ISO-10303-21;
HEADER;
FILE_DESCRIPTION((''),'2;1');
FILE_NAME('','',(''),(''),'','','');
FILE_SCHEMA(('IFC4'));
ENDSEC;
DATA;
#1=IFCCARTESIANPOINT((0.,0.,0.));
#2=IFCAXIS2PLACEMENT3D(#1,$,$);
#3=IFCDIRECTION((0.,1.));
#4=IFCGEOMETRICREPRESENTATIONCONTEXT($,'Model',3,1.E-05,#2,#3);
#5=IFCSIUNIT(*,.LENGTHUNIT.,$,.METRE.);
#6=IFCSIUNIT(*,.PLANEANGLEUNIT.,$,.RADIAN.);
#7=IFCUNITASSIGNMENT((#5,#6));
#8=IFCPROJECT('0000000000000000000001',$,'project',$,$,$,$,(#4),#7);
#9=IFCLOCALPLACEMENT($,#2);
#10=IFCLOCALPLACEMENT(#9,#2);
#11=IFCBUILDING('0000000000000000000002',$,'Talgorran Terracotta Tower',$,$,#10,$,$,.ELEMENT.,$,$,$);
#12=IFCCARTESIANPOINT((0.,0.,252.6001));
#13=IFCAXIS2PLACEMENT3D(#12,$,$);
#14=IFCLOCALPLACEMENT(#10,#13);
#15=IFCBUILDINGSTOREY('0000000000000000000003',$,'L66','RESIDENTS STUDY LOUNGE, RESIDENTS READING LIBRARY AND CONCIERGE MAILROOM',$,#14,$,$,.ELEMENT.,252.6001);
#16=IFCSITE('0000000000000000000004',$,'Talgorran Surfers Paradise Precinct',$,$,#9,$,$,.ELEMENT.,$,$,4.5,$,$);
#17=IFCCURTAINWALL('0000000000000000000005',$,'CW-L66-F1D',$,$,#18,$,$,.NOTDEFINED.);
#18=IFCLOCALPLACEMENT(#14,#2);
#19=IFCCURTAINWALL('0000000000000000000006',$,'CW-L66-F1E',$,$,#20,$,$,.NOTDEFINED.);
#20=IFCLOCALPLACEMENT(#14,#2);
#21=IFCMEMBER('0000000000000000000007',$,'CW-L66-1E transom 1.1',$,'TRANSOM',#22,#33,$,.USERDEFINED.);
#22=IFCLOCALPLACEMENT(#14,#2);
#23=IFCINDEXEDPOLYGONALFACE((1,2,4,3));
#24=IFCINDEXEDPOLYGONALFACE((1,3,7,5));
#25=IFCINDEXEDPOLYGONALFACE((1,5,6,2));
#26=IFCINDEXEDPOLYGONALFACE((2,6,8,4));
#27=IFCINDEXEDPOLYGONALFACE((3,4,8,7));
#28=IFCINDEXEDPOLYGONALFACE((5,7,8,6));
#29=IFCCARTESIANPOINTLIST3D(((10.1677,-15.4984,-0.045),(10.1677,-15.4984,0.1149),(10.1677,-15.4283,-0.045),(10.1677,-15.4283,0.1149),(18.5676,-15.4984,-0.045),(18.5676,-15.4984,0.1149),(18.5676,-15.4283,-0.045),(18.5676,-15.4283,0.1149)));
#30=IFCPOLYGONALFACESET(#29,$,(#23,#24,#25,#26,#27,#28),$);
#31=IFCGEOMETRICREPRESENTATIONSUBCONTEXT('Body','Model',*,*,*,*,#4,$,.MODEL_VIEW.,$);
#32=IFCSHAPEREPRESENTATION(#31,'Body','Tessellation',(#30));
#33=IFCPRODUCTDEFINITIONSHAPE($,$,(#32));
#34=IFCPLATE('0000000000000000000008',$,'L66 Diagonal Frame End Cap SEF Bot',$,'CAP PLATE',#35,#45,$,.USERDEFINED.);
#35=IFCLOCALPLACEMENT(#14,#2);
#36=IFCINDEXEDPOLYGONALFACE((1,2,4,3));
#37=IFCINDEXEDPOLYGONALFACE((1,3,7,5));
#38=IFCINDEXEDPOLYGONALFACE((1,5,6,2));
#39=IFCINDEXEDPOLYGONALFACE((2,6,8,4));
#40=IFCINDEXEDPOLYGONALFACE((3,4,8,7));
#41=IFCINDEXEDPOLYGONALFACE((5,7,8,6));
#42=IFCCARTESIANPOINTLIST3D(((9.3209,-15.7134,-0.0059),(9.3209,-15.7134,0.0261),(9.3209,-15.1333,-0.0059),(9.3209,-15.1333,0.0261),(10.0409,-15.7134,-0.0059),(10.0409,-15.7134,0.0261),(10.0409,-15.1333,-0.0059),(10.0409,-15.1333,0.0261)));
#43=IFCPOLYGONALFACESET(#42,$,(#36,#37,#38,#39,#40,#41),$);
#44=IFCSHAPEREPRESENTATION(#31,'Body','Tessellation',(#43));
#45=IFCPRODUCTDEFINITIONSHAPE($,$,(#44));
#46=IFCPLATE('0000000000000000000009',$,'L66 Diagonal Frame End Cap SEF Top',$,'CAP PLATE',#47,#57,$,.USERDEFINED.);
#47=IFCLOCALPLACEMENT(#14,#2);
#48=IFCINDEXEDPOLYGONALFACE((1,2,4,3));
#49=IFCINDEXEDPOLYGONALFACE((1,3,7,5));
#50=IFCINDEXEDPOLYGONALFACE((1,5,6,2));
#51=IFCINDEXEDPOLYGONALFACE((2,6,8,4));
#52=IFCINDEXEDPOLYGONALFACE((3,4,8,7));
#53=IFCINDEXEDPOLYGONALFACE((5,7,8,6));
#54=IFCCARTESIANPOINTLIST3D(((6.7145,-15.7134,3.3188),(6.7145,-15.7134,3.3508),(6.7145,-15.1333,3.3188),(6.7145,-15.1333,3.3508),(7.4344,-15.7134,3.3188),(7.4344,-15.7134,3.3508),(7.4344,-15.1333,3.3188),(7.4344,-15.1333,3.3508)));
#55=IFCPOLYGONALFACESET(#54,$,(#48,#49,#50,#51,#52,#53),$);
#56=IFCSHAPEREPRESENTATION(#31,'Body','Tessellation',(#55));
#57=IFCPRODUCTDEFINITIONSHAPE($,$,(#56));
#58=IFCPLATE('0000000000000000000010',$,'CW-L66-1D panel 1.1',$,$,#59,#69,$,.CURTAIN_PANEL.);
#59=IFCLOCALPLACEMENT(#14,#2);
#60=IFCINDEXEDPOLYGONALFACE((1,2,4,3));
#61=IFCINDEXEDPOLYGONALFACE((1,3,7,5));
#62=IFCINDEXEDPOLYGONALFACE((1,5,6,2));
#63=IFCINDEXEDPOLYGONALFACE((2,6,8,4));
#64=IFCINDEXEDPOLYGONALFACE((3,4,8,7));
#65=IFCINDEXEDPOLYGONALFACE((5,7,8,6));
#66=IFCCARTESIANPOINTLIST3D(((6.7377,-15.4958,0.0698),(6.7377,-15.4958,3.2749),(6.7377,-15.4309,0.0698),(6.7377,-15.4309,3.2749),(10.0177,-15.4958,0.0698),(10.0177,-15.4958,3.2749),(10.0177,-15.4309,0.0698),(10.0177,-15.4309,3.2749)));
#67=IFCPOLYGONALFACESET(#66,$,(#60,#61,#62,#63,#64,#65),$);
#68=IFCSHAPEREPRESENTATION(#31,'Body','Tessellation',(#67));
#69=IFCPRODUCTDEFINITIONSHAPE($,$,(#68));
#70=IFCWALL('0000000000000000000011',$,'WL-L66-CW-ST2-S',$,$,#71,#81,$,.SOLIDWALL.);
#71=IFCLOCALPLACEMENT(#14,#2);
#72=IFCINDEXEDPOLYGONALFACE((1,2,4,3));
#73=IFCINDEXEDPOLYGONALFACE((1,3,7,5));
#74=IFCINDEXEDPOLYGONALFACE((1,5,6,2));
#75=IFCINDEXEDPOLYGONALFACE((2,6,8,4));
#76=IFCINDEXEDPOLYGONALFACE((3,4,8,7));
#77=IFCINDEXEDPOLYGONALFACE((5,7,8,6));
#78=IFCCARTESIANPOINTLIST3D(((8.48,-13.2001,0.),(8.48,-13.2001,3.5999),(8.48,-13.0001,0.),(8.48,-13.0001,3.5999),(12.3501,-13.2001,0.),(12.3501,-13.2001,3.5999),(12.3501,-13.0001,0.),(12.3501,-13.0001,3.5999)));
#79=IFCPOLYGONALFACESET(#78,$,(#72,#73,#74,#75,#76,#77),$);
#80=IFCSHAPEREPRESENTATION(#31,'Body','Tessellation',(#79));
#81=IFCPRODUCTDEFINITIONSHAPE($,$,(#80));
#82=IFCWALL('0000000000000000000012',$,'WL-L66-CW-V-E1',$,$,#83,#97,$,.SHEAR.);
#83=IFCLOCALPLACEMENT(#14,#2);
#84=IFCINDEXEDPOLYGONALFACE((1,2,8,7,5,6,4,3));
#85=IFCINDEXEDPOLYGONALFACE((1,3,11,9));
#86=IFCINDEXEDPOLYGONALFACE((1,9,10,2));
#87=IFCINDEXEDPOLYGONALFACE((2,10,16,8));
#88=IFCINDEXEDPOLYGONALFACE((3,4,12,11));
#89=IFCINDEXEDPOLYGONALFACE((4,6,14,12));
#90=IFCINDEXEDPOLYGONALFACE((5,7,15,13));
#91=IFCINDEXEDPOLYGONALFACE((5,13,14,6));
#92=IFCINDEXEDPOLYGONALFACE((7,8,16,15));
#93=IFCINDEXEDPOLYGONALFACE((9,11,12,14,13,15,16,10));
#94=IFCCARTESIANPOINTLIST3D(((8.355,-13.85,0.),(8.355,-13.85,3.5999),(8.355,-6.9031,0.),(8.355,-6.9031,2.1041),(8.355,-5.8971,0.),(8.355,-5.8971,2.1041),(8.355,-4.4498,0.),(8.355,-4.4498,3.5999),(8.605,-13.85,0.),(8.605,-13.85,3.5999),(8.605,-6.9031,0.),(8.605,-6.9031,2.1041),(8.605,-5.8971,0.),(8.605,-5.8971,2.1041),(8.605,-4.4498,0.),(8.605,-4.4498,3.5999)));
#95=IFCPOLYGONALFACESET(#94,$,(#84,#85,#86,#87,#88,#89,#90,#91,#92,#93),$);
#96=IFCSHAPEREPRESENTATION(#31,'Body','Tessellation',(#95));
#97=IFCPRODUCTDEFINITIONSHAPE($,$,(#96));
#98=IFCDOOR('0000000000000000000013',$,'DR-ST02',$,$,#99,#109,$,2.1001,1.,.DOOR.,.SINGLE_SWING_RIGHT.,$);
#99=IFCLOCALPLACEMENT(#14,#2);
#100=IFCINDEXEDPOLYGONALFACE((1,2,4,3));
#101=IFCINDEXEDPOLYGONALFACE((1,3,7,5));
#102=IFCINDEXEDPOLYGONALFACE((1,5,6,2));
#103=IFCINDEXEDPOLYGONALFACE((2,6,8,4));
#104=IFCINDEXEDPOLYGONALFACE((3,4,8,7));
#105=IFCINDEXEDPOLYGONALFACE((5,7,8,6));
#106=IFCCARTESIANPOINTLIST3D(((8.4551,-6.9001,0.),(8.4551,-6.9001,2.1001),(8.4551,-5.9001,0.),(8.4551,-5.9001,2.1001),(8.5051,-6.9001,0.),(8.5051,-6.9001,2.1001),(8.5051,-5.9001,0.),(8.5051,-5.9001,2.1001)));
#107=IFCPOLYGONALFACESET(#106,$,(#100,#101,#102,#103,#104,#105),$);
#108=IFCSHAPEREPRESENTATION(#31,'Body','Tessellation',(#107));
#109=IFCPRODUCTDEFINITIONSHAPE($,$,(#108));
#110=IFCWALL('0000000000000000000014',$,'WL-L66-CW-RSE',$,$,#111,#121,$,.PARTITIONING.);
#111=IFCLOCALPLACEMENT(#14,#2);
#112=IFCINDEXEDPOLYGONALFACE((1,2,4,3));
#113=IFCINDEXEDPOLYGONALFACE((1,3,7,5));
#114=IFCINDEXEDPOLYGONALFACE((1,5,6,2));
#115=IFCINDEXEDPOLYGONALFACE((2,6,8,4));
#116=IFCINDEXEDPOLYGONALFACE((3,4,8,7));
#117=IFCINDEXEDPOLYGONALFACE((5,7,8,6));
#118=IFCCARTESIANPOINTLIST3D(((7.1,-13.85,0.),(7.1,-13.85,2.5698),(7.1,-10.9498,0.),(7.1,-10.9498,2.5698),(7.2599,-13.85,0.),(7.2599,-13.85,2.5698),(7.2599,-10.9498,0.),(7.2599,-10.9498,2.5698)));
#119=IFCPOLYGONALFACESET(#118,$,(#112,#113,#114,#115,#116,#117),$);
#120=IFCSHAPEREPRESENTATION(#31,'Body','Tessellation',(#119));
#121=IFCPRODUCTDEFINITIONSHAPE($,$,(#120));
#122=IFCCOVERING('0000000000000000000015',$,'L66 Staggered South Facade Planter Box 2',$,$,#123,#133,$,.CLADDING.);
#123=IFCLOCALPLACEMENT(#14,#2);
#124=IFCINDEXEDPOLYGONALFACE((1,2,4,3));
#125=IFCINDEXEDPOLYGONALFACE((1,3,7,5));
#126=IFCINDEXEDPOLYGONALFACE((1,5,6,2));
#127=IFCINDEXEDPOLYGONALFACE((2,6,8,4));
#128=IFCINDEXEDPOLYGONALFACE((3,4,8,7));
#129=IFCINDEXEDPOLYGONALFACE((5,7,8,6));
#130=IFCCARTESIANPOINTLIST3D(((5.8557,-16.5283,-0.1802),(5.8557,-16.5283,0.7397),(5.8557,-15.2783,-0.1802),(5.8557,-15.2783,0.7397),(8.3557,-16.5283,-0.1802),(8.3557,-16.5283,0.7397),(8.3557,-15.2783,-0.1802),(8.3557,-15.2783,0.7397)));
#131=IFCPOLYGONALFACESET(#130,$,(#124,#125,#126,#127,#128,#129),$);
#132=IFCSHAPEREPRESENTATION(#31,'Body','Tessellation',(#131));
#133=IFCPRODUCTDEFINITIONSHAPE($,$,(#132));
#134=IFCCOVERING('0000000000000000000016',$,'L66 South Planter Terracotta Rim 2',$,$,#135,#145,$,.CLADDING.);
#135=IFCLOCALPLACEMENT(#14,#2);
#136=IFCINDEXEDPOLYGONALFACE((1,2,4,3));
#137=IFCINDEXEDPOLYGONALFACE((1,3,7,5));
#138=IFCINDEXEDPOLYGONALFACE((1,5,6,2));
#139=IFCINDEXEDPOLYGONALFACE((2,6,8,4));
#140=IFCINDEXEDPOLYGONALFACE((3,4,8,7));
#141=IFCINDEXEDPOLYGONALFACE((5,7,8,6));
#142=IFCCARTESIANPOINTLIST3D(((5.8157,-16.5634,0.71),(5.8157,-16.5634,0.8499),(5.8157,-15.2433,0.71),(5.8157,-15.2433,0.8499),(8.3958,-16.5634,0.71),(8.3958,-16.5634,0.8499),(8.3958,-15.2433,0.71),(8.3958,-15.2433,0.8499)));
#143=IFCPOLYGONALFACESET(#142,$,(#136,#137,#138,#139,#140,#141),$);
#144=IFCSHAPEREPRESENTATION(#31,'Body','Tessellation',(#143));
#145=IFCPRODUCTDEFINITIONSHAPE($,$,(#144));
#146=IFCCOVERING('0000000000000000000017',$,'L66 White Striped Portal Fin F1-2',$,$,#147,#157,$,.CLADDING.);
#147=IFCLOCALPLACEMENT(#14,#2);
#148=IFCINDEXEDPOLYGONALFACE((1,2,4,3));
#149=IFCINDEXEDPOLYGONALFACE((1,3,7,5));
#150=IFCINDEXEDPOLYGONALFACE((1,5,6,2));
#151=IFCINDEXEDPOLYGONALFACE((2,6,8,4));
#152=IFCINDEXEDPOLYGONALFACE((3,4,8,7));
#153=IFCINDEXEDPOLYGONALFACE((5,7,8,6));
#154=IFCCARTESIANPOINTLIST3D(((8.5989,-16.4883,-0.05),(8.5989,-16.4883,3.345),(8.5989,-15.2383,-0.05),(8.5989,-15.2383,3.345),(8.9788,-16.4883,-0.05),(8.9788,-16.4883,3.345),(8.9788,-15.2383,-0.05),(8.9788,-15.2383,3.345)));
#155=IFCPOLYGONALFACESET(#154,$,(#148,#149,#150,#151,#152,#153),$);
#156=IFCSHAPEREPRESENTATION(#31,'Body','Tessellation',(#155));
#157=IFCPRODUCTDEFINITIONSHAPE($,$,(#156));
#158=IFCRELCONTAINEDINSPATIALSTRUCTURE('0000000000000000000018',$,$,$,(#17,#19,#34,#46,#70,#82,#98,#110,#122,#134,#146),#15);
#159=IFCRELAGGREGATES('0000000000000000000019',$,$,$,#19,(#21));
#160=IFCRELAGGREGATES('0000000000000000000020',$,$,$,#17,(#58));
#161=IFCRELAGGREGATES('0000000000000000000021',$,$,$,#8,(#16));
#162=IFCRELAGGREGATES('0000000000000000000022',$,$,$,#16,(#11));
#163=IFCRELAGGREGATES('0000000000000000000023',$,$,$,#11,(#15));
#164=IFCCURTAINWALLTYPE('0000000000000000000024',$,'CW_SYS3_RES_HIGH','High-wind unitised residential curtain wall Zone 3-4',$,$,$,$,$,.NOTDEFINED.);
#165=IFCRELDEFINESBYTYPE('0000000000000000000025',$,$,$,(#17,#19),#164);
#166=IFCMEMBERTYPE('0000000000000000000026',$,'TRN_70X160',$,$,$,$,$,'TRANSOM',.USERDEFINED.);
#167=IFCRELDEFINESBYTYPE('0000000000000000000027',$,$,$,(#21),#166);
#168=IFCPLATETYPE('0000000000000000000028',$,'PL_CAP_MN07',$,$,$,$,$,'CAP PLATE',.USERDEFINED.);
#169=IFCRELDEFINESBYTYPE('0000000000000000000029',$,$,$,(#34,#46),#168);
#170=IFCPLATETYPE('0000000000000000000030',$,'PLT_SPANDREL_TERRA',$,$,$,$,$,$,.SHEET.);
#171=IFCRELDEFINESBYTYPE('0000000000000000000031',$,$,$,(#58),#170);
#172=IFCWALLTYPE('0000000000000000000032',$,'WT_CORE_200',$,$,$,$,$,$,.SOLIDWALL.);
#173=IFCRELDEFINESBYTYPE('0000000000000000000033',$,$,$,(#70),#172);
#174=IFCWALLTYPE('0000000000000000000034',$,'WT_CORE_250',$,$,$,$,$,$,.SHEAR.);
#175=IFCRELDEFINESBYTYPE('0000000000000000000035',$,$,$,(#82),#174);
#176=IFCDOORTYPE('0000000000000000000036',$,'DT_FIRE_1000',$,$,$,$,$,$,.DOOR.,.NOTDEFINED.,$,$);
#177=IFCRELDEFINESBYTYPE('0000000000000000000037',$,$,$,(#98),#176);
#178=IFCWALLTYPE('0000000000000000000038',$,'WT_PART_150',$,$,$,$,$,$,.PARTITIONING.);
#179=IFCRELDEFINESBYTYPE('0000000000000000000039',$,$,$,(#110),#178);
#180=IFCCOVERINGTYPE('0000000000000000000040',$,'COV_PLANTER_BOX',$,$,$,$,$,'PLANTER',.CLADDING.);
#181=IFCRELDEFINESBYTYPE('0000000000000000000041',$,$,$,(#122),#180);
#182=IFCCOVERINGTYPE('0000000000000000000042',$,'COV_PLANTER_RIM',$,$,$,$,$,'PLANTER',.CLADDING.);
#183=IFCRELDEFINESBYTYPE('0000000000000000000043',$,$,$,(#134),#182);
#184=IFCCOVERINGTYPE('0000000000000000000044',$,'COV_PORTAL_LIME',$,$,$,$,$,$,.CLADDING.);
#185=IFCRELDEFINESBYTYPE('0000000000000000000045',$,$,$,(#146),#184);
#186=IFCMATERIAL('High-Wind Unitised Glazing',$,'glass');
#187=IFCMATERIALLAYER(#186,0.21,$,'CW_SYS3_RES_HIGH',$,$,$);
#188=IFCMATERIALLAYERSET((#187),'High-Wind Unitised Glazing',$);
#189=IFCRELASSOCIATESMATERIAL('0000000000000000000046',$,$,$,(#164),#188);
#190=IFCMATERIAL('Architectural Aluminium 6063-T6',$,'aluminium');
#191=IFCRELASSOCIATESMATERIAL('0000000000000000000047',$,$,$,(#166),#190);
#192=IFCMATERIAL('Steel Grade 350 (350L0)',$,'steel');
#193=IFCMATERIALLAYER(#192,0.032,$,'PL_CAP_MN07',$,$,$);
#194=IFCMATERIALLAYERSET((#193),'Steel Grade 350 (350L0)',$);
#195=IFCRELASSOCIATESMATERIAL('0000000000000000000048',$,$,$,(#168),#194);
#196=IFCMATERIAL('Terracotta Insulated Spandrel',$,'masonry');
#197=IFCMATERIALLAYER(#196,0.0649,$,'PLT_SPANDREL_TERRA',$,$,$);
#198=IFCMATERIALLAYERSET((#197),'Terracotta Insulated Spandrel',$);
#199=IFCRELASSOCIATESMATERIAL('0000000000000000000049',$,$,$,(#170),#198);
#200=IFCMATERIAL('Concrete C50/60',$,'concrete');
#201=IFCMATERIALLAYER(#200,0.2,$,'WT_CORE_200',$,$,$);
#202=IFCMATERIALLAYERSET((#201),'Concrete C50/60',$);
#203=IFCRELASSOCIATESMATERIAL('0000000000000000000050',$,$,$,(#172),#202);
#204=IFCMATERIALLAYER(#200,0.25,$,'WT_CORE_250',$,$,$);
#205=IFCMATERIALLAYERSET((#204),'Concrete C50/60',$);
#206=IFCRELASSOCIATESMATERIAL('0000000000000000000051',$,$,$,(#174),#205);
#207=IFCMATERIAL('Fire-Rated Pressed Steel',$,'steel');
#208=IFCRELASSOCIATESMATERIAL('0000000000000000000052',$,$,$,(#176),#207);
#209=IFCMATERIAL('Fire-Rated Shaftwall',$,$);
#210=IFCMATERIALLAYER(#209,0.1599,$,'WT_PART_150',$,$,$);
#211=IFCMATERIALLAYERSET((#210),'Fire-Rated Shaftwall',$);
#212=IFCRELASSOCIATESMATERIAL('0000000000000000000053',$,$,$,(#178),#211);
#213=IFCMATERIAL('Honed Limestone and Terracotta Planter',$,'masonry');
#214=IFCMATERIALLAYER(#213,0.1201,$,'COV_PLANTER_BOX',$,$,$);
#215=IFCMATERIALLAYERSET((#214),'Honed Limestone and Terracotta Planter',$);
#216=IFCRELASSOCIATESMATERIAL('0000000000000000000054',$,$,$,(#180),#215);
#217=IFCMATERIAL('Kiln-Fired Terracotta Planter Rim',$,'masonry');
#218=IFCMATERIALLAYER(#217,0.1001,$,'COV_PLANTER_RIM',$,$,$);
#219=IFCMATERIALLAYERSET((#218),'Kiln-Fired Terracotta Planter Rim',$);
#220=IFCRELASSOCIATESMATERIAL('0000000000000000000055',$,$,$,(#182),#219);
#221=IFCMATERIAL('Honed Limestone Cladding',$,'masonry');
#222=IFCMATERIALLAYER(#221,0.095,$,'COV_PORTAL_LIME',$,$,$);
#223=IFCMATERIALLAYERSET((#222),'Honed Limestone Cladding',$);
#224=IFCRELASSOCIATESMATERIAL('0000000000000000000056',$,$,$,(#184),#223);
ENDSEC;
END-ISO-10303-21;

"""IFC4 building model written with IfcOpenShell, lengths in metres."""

from ifc_helpers import new_model, si_unit, direction, frame, frame_2d, origin, origin_2d, place, context, subcontext, project, spatial, rectangle, extrude, source, transform, mapped, material, layer, layer_set, material_profile, profile_set, type_object, type_shapes, element, fill, aggregate, save


model = new_model("IFC4")

# Units and contexts
model_context = context("Model", 3, precision=1e-05, world=origin(), true_north=direction((0.0, 1.0)))
body_context = subcontext(model_context, "Body", "Model", "MODEL_VIEW")
ifc_project = project(units=[si_unit("LENGTHUNIT", "METRE"), si_unit("PLANEANGLEUNIT", "RADIAN")], contexts=[model_context])

# Site, building, storey
site_placement = place(None, origin())
site = spatial("IfcSite", under=ifc_project, at=site_placement, Name="Talgorran Surfers Paradise Precinct", CompositionType="ELEMENT", RefElevation=4.5)
building_placement = place(site_placement, origin())
building = spatial("IfcBuilding", under=site, at=building_placement, Name="Talgorran Terracotta Tower", CompositionType="ELEMENT")
storey_placement = place(building_placement, frame((0.0, 0.0, 252.6001)))
storey = spatial("IfcBuildingStorey", under=building, at=storey_placement, Name="L66", Description="RESIDENTS STUDY LOUNGE, RESIDENTS READING LIBRARY AND CONCIERGE MAILROOM", CompositionType="ELEMENT", Elevation=252.6001)

# Shared definitions
ifc_material_1 = material(Name="Steel Grade 350 (350L0)", Category="steel")

# Shared definitions
ifc_material_2 = material(Name="High-Wind Unitised Glazing", Category="glass")
ifc_layer_1 = layer(ifc_material_2, 0.21, Name="CW_SYS3_RES_HIGH")
ifc_layer_set_1 = layer_set([ifc_layer_1], Name="High-Wind Unitised Glazing")
curtain_wall_type = type_object("IfcCurtainWallType", Name="CW_SYS3_RES_HIGH", Description="High-wind unitised residential curtain wall Zone 3-4", PredefinedType="NOTDEFINED", material=ifc_layer_set_1)
ifc_material_3 = material(Name="Architectural Aluminium 6063-T6", Category="aluminium")

# Curtain wall
curtain_wall_1_placement = place(storey_placement, origin())
curtain_wall_1 = element("IfcCurtainWall", 1, at=curtain_wall_1_placement, inside=storey, type_object=curtain_wall_type, Name="CW-L66-F1D", PredefinedType="NOTDEFINED")

# Curtain wall
curtain_wall_2_placement = place(storey_placement, origin())
curtain_wall_2 = element("IfcCurtainWall", 2, at=curtain_wall_2_placement, inside=storey, type_object=curtain_wall_type, Name="CW-L66-F1E", PredefinedType="NOTDEFINED")

# Member
ifc_material_profile_1 = material_profile(ifc_material_3, rectangle(XDim=0.0701, YDim=0.1599, at=origin_2d()), Name="CWT70X160")
ifc_profile_set_1 = profile_set([ifc_material_profile_1], Name="Architectural Aluminium 6063-T6")
member_type_1 = type_object("IfcMemberType", Name="TRN_70X160", ElementType="TRANSOM", PredefinedType="USERDEFINED", material=ifc_profile_set_1)
member_1_placement = place(storey_placement, frame((10.1677, -15.4634, 0.0349), z_axis=(1.0, 0.0, 0.0), x_axis=(0.0, 1.0, 0.0)))
member_1 = element("IfcMember", 3, at=member_1_placement, type_object=member_type_1, Name="CW-L66-1E transom 1.1", ObjectType="TRANSOM", PredefinedType="USERDEFINED", context=body_context, shape_type="SweptSolid", body=[
    extrude(rectangle(XDim=0.0701, YDim=0.1599, at=origin_2d()), origin(), (0.0, 0.0, 1.0), 8.3999),
])
aggregate(curtain_wall_2, [member_1])

# Plates
ifc_layer_2 = layer(ifc_material_1, 0.032, Name="PL_CAP_MN07")
ifc_layer_set_2 = layer_set([ifc_layer_2], Name="Steel Grade 350 (350L0)")
plate_type_1 = type_object("IfcPlateType", Name="PL_CAP_MN07", ElementType="CAP PLATE", PredefinedType="USERDEFINED", material=ifc_layer_set_2)
for number, where, z_axis, x_axis, name in (
    (4, (9.6809, -15.4233, -0.0059), (0.0, 0.0, 1.0), (-1.0, 0.0, 0.0), "L66 Diagonal Frame End Cap SEF Bot"),
    (5, (7.0745, -15.4233, 3.3188), (0.0, 0.0, 1.0), (-1.0, 0.0, 0.0), "L66 Diagonal Frame End Cap SEF Top"),
):
    element("IfcPlate", number, at=place(storey_placement, frame(where, z_axis=z_axis, x_axis=x_axis)), inside=storey, type_object=plate_type_1, Name=name, ObjectType="CAP PLATE", PredefinedType="USERDEFINED", context=body_context, shape_type="SweptSolid", body=[
        extrude(rectangle(XDim=0.72, YDim=0.5801, at=origin_2d()), origin(), (0.0, 0.0, 1.0), 0.032),
    ])

# Plate
ifc_material_4 = material(Name="Terracotta Insulated Spandrel", Category="masonry")
ifc_layer_3 = layer(ifc_material_4, 0.0649, Name="PLT_SPANDREL_TERRA")
ifc_layer_set_3 = layer_set([ifc_layer_3], Name="Terracotta Insulated Spandrel")
plate_type_2 = type_object("IfcPlateType", Name="PLT_SPANDREL_TERRA", PredefinedType="SHEET", material=ifc_layer_set_3)
shared_shape = source(origin(), body_context, "Body", "SweptSolid", [
    extrude(rectangle(XDim=3.28, YDim=0.0649, at=origin_2d()), origin(), (0.0, 0.0, 1.0), 3.2051),
])
type_shapes(plate_type_2, [shared_shape])
plate_placement = place(storey_placement, frame((8.3777, -15.4634, 0.0698), z_axis=(0.0, 0.0, 1.0), x_axis=(1.0, 0.0, 0.0)))
plate = element("IfcPlate", 6, at=plate_placement, type_object=plate_type_2, Name="CW-L66-1D panel 1.1", PredefinedType="CURTAIN_PANEL", context=body_context, shape_type="MappedRepresentation", body=[
    mapped(shared_shape, transform((0.0, 0.0, 0.0), scale=1.0)),
])
aggregate(curtain_wall_1, [plate])

# Wall
ifc_material_5 = material(Name="Concrete C50/60", Category="concrete")
ifc_layer_4 = layer(ifc_material_5, 0.2, Name="WT_CORE_200")
ifc_layer_set_4 = layer_set([ifc_layer_4], Name="Concrete C50/60")
wall_type_1 = type_object("IfcWallType", Name="WT_CORE_200", PredefinedType="SOLIDWALL", material=ifc_layer_set_4)
wall_1_placement = place(storey_placement, frame((8.48, -13.1001, 0.0), z_axis=(0.0, 0.0, 1.0), x_axis=(1.0, 0.0, 0.0)))
element("IfcWall", 7, at=wall_1_placement, inside=storey, type_object=wall_type_1, Name="WL-L66-CW-ST2-S", PredefinedType="SOLIDWALL", context=body_context, shape_type="SweptSolid", body=[
    extrude(rectangle(XDim=3.8701, YDim=0.2, at=frame_2d((1.9351, 0.0))), origin(), (0.0, 0.0, 1.0), 3.5999),
])

# Wall, opening, door
ifc_layer_5 = layer(ifc_material_5, 0.25, Name="WT_CORE_250")
ifc_layer_set_5 = layer_set([ifc_layer_5], Name="Concrete C50/60")
wall_type_2 = type_object("IfcWallType", Name="WT_CORE_250", PredefinedType="SHEAR", material=ifc_layer_set_5)
wall_2_placement = place(storey_placement, frame((8.48, -13.8501, 0.0), z_axis=(0.0, 0.0, 1.0), x_axis=(0.0, 1.0, 0.0)))
wall_2 = element("IfcWall", 8, at=wall_2_placement, inside=storey, type_object=wall_type_2, Name="WL-L66-CW-V-E1", PredefinedType="SHEAR", context=body_context, shape_type="SweptSolid", body=[
    extrude(rectangle(XDim=9.4001, YDim=0.25, at=frame_2d((4.7002, 0.0))), origin(), (0.0, 0.0, 1.0), 3.5999),
])
opening_placement = place(wall_2_placement, frame((6.95, 0.0, 0.0)))
opening = element("IfcOpeningElement", 9, at=opening_placement, cuts=wall_2, PredefinedType="OPENING", context=body_context, shape_type="SweptSolid", body=[
    extrude(rectangle(XDim=1.006, YDim=2.1041, at=frame_2d((0.5, 1.052))), frame((0.0, 0.135, 0.0), z_axis=(0.0, -1.0, 0.0), x_axis=(1.0, 0.0, 0.0)), (0.0, 0.0, 1.0), 0.27),
])
ifc_material_6 = material(Name="Fire-Rated Pressed Steel", Category="steel")
door_type = type_object("IfcDoorType", Name="DT_FIRE_1000", OperationType="NOTDEFINED", PredefinedType="DOOR", material=ifc_material_6)
door_placement = place(opening_placement, origin())
door = element("IfcDoor", 10, at=door_placement, inside=storey, type_object=door_type, Name="DR-ST02", OperationType="SINGLE_SWING_RIGHT", OverallHeight=2.1001, OverallWidth=1.0, PredefinedType="DOOR", context=body_context, shape_type="SweptSolid", body=[
    extrude(rectangle(XDim=1.0, YDim=2.1001, at=frame_2d((0.5, 1.05))), frame((0.0, 0.0249, 0.0), z_axis=(0.0, -1.0, 0.0), x_axis=(1.0, 0.0, 0.0)), (0.0, 0.0, 1.0), 0.05),
])
fill(opening, door)

# Wall
ifc_material_7 = material(Name="Fire-Rated Shaftwall")
ifc_layer_6 = layer(ifc_material_7, 0.1599, Name="WT_PART_150")
ifc_layer_set_6 = layer_set([ifc_layer_6], Name="Fire-Rated Shaftwall")
wall_type_3 = type_object("IfcWallType", Name="WT_PART_150", PredefinedType="PARTITIONING", material=ifc_layer_set_6)
wall_3_placement = place(storey_placement, frame((7.1799, -13.8501, 0.0), z_axis=(0.0, 0.0, 1.0), x_axis=(0.0, 1.0, 0.0)))
element("IfcWall", 11, at=wall_3_placement, inside=storey, type_object=wall_type_3, Name="WL-L66-CW-RSE", PredefinedType="PARTITIONING", context=body_context, shape_type="SweptSolid", body=[
    extrude(rectangle(XDim=2.9001, YDim=0.1599, at=frame_2d((1.4502, 0.0))), origin(), (0.0, 0.0, 1.0), 2.5698),
])

# Coverings
ifc_material_8 = material(Name="Honed Limestone and Terracotta Planter", Category="masonry")
ifc_layer_7 = layer(ifc_material_8, 0.1201, Name="COV_PLANTER_BOX")
ifc_layer_set_7 = layer_set([ifc_layer_7], Name="Honed Limestone and Terracotta Planter")
covering_type_1 = type_object("IfcCoveringType", Name="COV_PLANTER_BOX", ElementType="PLANTER", PredefinedType="CLADDING", material=ifc_layer_set_7)
covering_1_placement = place(storey_placement, frame((7.1057, -15.9033, -0.1802), z_axis=(0.0, 0.0, 1.0), x_axis=(1.0, 0.0, 0.0)))
element("IfcCovering", 12, at=covering_1_placement, inside=storey, type_object=covering_type_1, Name="L66 Staggered South Facade Planter Box 2", PredefinedType="CLADDING", context=body_context, shape_type="SweptSolid", body=[
    extrude(rectangle(XDim=2.5, YDim=1.25, at=origin_2d()), origin(), (0.0, 0.0, 1.0), 0.9199),
])
ifc_material_9 = material(Name="Kiln-Fired Terracotta Planter Rim", Category="masonry")
ifc_layer_8 = layer(ifc_material_9, 0.1001, Name="COV_PLANTER_RIM")
ifc_layer_set_8 = layer_set([ifc_layer_8], Name="Kiln-Fired Terracotta Planter Rim")
covering_type_2 = type_object("IfcCoveringType", Name="COV_PLANTER_RIM", ElementType="PLANTER", PredefinedType="CLADDING", material=ifc_layer_set_8)
covering_2_placement = place(storey_placement, frame((7.1057, -15.9033, 0.71), z_axis=(0.0, 0.0, 1.0), x_axis=(1.0, 0.0, 0.0)))
element("IfcCovering", 13, at=covering_2_placement, inside=storey, type_object=covering_type_2, Name="L66 South Planter Terracotta Rim 2", PredefinedType="CLADDING", context=body_context, shape_type="SweptSolid", body=[
    extrude(rectangle(XDim=2.5801, YDim=1.3201, at=origin_2d()), origin(), (0.0, 0.0, 1.0), 0.1399),
])
ifc_material_10 = material(Name="Honed Limestone Cladding", Category="masonry")
ifc_layer_9 = layer(ifc_material_10, 0.095, Name="COV_PORTAL_LIME")
ifc_layer_set_9 = layer_set([ifc_layer_9], Name="Honed Limestone Cladding")
covering_type_3 = type_object("IfcCoveringType", Name="COV_PORTAL_LIME", PredefinedType="CLADDING", material=ifc_layer_set_9)
covering_3_placement = place(storey_placement, frame((8.7888, -15.8633, -0.05), z_axis=(0.0, 0.0, 1.0), x_axis=(1.0, 0.0, 0.0)))
element("IfcCovering", 14, at=covering_3_placement, inside=storey, type_object=covering_type_3, Name="L66 White Striped Portal Fin F1-2", PredefinedType="CLADDING", context=body_context, shape_type="SweptSolid", body=[
    extrude(rectangle(XDim=0.3799, YDim=1.25, at=origin_2d()), origin(), (0.0, 0.0, 1.0), 3.395),
])

save(model, "model.ifc")
